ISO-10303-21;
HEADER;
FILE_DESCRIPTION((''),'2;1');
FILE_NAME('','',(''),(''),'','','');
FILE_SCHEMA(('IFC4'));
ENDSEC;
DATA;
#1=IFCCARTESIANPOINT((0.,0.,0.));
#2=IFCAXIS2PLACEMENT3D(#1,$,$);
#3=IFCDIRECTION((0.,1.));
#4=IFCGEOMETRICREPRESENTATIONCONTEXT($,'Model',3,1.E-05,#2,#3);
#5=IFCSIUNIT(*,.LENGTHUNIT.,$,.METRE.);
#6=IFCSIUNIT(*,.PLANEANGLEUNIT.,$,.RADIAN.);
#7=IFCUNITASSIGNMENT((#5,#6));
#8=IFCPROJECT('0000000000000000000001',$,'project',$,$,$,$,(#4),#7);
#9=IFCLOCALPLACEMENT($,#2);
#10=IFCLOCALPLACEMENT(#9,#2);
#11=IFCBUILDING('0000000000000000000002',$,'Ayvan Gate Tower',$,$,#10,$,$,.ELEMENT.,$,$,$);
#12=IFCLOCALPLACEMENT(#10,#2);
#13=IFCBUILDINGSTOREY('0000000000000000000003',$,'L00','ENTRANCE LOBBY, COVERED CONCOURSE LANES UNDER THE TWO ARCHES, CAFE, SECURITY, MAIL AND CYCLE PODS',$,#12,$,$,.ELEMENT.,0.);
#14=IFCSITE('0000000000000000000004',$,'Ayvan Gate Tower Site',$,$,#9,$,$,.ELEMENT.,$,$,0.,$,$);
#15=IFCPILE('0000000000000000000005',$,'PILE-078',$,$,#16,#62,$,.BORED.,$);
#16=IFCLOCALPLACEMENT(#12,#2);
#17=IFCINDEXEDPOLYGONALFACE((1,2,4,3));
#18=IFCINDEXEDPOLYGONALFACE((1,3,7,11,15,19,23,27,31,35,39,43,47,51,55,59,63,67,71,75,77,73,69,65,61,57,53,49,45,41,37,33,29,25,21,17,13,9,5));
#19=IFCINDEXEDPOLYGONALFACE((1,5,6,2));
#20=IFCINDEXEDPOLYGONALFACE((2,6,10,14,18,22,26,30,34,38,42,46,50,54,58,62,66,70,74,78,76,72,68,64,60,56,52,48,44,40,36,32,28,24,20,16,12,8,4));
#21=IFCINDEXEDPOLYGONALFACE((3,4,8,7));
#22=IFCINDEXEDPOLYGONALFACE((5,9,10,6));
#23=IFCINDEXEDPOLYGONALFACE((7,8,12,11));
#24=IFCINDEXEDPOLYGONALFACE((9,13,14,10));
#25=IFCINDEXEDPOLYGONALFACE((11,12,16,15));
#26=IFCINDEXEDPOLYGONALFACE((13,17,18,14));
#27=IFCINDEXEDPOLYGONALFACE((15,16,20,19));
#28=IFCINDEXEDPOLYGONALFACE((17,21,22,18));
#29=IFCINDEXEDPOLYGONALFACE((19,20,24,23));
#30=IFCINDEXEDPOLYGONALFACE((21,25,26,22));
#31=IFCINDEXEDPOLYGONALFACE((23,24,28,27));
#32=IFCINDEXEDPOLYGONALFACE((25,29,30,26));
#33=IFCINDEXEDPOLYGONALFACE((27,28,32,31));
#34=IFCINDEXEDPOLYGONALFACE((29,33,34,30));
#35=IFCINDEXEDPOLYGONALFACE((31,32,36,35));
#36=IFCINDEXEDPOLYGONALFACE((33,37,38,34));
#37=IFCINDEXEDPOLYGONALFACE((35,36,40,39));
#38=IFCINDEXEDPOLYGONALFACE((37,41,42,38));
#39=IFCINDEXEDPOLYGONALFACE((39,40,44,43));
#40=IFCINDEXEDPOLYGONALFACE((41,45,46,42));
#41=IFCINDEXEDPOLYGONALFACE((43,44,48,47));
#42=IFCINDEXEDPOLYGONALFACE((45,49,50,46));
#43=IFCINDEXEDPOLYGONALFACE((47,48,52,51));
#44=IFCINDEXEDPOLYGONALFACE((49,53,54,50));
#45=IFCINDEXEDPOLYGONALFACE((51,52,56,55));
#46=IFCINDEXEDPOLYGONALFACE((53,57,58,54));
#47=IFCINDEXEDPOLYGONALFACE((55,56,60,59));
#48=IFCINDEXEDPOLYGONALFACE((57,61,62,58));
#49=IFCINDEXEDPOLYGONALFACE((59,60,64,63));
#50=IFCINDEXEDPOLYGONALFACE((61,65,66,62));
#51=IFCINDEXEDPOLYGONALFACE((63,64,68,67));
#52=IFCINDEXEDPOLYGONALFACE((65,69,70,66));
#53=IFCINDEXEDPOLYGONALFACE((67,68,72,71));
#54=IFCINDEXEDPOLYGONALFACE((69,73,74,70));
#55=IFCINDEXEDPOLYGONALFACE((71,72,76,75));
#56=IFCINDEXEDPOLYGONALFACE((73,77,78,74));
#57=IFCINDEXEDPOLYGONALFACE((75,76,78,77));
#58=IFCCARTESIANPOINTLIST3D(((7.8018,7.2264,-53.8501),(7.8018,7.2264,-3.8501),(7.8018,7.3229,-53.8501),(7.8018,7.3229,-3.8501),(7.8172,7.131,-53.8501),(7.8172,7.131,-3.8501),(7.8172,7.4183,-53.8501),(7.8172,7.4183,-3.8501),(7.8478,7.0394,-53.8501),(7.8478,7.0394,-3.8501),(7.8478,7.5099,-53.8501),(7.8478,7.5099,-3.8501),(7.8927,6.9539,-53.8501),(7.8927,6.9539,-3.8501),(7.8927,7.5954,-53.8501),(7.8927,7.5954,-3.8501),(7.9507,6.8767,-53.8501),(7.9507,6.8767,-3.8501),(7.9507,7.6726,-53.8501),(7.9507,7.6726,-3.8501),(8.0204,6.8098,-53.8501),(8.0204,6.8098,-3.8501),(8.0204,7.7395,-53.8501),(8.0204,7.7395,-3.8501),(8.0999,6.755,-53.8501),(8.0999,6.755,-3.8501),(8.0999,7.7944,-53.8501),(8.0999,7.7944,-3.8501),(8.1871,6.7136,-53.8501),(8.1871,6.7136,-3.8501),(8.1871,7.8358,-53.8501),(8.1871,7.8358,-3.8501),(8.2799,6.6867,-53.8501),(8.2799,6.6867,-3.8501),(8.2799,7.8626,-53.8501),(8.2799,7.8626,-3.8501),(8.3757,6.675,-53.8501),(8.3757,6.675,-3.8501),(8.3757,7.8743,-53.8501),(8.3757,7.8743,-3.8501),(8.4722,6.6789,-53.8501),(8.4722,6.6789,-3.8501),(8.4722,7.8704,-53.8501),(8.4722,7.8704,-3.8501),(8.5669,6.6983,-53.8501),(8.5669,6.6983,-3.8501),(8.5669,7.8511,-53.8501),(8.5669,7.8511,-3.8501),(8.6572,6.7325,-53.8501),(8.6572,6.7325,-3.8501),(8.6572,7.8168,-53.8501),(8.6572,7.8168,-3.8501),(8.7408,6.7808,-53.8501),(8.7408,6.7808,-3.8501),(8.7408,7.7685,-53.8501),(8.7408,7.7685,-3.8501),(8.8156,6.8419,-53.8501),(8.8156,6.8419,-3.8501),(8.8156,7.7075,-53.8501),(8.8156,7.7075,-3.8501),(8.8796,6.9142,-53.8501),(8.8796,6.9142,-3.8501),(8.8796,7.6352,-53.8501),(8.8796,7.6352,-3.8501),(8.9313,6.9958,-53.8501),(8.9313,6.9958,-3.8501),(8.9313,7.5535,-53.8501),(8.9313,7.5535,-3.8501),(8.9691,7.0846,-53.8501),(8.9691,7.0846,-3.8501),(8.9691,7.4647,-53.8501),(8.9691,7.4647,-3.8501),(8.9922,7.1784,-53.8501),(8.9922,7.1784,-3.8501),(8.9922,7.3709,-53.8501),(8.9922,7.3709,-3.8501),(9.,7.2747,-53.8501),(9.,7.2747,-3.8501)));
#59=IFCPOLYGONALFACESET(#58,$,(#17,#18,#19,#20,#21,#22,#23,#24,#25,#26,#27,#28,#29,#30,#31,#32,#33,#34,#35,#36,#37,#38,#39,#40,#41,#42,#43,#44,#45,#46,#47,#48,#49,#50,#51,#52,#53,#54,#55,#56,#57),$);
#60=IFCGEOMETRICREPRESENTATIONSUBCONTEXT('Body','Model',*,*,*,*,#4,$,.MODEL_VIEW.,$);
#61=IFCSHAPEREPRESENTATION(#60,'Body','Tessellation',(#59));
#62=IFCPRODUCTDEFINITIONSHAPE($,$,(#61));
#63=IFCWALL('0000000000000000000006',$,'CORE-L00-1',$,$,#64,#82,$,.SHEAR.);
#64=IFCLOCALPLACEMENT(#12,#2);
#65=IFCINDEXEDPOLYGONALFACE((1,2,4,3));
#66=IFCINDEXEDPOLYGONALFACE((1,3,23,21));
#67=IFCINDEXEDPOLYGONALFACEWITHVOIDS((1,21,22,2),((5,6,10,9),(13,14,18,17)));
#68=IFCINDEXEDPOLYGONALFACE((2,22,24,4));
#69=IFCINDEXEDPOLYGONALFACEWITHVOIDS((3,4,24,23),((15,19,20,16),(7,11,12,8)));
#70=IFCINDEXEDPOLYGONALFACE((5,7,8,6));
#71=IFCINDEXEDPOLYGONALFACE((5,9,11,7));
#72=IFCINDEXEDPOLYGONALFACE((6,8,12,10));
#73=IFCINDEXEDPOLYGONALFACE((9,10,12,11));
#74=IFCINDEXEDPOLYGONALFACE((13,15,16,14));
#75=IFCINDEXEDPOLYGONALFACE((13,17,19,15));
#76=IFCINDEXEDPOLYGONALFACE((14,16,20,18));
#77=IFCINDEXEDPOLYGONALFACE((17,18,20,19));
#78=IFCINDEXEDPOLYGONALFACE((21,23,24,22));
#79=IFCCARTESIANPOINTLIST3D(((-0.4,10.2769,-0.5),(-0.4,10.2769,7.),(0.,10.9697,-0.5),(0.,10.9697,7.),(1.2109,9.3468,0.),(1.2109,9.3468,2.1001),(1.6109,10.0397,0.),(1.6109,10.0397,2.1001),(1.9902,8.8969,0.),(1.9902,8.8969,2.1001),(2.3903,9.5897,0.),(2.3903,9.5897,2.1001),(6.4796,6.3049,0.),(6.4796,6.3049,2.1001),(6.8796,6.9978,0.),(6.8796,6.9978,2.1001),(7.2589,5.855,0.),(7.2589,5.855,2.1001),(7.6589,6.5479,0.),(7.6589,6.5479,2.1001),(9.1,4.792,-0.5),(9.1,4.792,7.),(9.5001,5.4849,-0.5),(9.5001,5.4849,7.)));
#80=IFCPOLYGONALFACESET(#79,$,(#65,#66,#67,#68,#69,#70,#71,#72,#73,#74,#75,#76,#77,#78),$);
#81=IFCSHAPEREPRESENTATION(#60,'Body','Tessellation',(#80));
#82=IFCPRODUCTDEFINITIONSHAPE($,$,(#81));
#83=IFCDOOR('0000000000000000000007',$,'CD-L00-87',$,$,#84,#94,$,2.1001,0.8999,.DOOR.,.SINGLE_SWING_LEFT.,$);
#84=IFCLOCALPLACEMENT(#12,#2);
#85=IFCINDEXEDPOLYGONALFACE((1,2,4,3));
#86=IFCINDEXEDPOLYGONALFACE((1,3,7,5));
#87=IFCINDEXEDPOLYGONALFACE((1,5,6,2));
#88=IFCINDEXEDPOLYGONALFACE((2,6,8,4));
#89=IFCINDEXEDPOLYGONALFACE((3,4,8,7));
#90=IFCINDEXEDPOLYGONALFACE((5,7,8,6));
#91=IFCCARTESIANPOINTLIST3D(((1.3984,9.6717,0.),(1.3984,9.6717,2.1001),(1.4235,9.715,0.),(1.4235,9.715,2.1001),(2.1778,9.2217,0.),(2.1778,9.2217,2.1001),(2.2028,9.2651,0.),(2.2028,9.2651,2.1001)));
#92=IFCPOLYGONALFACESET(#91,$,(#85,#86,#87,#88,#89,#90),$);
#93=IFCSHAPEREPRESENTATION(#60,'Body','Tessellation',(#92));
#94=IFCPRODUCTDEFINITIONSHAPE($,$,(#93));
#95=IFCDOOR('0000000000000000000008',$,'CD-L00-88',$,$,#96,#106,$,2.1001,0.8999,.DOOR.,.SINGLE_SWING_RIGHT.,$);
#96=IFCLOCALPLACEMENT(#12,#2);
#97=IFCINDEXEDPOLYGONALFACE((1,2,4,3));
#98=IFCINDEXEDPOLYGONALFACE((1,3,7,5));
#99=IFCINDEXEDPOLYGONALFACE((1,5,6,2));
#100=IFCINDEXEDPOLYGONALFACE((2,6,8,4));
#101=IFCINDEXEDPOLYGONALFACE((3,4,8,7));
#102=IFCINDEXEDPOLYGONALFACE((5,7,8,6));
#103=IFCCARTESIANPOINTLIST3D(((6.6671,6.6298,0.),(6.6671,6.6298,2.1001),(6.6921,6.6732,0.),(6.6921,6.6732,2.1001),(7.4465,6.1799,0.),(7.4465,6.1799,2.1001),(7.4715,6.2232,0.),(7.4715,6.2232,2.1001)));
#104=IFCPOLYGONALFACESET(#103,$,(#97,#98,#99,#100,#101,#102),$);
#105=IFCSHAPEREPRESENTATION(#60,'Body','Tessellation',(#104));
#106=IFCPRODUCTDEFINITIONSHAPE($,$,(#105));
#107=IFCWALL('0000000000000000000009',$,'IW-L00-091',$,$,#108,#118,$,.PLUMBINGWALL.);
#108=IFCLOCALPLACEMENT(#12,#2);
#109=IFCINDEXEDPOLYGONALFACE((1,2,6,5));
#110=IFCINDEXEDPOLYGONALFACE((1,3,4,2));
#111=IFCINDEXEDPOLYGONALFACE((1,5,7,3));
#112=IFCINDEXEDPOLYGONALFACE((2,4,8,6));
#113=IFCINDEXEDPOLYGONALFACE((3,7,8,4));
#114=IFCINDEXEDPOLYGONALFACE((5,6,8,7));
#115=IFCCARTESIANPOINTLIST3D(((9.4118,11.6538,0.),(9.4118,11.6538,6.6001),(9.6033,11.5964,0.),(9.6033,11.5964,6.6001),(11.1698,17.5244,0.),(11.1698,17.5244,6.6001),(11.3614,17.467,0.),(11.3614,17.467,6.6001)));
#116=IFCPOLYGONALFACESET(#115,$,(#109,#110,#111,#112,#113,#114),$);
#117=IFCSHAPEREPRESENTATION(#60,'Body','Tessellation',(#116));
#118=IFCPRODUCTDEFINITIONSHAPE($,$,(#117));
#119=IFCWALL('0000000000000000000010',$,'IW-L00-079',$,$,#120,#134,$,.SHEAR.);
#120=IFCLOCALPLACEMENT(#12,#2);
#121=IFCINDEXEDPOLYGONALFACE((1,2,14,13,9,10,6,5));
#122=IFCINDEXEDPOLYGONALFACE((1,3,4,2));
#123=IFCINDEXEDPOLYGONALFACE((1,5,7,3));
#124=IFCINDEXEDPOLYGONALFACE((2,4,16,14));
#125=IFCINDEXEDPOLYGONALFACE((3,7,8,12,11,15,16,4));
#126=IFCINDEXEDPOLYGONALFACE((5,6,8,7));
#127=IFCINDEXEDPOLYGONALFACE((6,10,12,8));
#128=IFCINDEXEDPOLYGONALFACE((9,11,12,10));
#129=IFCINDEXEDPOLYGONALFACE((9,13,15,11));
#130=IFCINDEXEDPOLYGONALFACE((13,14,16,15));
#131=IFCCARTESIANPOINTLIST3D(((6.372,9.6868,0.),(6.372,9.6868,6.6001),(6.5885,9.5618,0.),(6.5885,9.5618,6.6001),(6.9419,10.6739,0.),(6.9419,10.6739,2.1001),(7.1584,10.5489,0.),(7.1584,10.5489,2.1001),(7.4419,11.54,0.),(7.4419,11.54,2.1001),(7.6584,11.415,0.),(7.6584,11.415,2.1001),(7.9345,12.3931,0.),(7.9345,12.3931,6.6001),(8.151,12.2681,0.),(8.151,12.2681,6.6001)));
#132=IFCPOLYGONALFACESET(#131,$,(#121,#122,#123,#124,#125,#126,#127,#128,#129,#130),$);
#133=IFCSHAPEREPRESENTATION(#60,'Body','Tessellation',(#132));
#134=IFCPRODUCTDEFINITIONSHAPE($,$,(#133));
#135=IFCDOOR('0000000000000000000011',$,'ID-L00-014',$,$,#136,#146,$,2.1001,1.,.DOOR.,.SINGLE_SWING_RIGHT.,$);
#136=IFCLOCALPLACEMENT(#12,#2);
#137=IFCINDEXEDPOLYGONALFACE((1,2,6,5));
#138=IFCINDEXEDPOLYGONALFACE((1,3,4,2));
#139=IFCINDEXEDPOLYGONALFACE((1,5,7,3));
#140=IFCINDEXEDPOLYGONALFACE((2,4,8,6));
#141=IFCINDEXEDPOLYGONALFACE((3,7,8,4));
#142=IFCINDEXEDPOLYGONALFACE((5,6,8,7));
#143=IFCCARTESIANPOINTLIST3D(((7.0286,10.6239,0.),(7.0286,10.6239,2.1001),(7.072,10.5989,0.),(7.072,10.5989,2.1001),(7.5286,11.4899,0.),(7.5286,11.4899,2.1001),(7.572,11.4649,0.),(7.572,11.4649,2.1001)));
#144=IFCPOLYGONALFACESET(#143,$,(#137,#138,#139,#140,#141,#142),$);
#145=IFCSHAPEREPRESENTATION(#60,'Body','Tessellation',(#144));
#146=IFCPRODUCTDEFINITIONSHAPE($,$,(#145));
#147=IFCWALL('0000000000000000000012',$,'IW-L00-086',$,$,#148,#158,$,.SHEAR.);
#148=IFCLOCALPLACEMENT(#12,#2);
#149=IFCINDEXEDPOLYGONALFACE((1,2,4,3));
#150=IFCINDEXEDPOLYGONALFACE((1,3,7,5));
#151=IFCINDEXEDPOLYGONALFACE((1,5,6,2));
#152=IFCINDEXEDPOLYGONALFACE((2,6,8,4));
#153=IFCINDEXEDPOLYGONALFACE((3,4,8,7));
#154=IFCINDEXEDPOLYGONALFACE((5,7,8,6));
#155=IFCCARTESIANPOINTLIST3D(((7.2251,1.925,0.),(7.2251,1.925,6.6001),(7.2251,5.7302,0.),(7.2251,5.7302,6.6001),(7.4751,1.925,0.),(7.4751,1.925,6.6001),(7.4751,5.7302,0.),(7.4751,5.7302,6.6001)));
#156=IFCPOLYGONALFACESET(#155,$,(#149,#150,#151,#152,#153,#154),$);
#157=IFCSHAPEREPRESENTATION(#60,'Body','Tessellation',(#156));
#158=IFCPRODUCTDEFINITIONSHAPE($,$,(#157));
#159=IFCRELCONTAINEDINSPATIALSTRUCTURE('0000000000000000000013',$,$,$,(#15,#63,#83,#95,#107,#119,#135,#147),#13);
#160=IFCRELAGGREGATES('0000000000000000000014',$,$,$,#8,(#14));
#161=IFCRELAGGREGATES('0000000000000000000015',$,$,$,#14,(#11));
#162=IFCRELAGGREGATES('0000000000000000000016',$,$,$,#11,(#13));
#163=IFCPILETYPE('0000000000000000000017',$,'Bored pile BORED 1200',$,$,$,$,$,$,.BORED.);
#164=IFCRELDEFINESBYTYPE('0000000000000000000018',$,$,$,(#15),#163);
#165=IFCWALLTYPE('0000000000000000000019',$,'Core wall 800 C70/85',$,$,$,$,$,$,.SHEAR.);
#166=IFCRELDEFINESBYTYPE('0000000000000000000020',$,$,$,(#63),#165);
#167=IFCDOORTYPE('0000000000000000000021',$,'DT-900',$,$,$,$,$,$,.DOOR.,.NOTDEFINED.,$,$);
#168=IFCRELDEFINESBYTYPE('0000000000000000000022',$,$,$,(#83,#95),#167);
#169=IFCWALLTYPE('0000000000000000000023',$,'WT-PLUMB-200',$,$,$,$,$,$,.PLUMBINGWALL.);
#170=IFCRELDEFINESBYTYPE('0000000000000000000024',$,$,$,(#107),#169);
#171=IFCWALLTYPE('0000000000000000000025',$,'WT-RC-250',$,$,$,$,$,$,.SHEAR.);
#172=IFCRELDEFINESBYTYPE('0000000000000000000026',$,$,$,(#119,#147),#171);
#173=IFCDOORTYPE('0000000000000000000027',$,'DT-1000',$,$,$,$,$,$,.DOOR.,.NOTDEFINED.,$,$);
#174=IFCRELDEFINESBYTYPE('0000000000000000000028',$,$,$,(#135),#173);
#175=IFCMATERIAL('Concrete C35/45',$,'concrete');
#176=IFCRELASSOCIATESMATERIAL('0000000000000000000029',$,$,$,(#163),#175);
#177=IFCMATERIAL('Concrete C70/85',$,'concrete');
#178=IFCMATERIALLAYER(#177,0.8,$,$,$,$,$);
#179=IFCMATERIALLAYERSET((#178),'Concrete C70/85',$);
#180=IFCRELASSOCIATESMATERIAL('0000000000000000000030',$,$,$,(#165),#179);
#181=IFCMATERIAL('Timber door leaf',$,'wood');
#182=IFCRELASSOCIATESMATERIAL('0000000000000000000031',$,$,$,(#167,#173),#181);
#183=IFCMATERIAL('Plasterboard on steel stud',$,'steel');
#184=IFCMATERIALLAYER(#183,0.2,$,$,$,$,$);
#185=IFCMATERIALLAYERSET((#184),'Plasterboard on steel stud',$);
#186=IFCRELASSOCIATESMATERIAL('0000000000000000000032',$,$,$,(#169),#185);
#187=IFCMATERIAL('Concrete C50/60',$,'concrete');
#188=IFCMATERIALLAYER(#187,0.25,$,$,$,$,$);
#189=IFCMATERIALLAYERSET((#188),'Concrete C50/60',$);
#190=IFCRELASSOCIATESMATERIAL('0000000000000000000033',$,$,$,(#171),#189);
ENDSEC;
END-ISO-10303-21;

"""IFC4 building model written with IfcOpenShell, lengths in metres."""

from ifc_helpers import new_model, si_unit, direction, frame, frame_2d, origin, origin_2d, place, context, subcontext, project, spatial, rectangle, circle, extrude, material, layer, layer_set, material_profile, profile_set, type_object, element, fill, save


model = new_model("IFC4")

# Units and contexts
model_context = context("Model", 3, precision=1e-05, world=origin(), true_north=direction((0.0, 1.0)))
body_context = subcontext(model_context, "Body", "Model", "MODEL_VIEW")
ifc_project = project(units=[si_unit("LENGTHUNIT", "METRE"), si_unit("PLANEANGLEUNIT", "RADIAN")], contexts=[model_context])

# Site, building, storey
site_placement = place(None, origin())
site = spatial("IfcSite", under=ifc_project, at=site_placement, Name="Ayvan Gate Tower Site", CompositionType="ELEMENT", RefElevation=0.0)
building_placement = place(site_placement, origin())
building = spatial("IfcBuilding", under=site, at=building_placement, Name="Ayvan Gate Tower", CompositionType="ELEMENT")
storey_placement = place(building_placement, origin())
storey = spatial("IfcBuildingStorey", under=building, at=storey_placement, Name="L00", Description="ENTRANCE LOBBY, COVERED CONCOURSE LANES UNDER THE TWO ARCHES, CAFE, SECURITY, MAIL AND CYCLE PODS", CompositionType="ELEMENT", Elevation=0.0)

# Pile
ifc_material_1 = material(Name="Concrete C35/45", Category="concrete")
ifc_material_profile = material_profile(ifc_material_1, circle(Radius=0.6001, at=origin_2d()), Name="BORED 1200")
ifc_profile_set = profile_set([ifc_material_profile], Name="Concrete C35/45")
pile_type = type_object("IfcPileType", Name="Bored pile BORED 1200", PredefinedType="BORED", material=ifc_profile_set)
pile_placement = place(storey_placement, frame((8.3999, 7.2747, -3.8501), z_axis=(0.0, 0.0, -1.0), x_axis=(1.0, 0.0, 0.0)))
element("IfcPile", 1, at=pile_placement, inside=storey, type_object=pile_type, Name="PILE-078", PredefinedType="BORED", context=body_context, shape_type="SweptSolid", body=[
    extrude(circle(Radius=0.6001, at=origin_2d()), origin(), (0.0, 0.0, 1.0), 50.0),
])

# Wall, openings, doors
ifc_material_2 = material(Name="Concrete C70/85", Category="concrete")
ifc_layer_1 = layer(ifc_material_2, 0.8)
ifc_layer_set_1 = layer_set([ifc_layer_1], Name="Concrete C70/85")
wall_type_1 = type_object("IfcWallType", Name="Core wall 800 C70/85", PredefinedType="SHEAR", material=ifc_layer_set_1)
wall_1_placement = place(storey_placement, frame((9.3, 5.1384, -0.5), z_axis=(0.0, 0.0, 1.0), x_axis=(-0.866024, 0.500002, 0.0)))
wall_1 = element("IfcWall", 2, at=wall_1_placement, inside=storey, type_object=wall_type_1, Name="CORE-L00-1", PredefinedType="SHEAR", context=body_context, shape_type="SweptSolid", body=[
    extrude(rectangle(XDim=10.9697, YDim=0.8, at=frame_2d((5.4849, 0.0))), origin(), (0.0, 0.0, 1.0), 7.5),
])
opening_1_placement = place(wall_1_placement, frame((8.2097, 0.0, 0.5)))
opening_1 = element("IfcOpeningElement", 3, at=opening_1_placement, cuts=wall_1, PredefinedType="OPENING", context=body_context, shape_type="SweptSolid", body=[
    extrude(rectangle(XDim=0.8999, YDim=2.1001, at=frame_2d((0.45, 1.05))), frame((0.0, 0.4099, 0.0), z_axis=(0.0, -1.0, 0.0), x_axis=(1.0, 0.0, 0.0)), (0.0, 0.0, 1.0), 0.8201),
])
opening_2_placement = place(wall_1_placement, frame((2.126, 0.0, 0.5)))
opening_2 = element("IfcOpeningElement", 4, at=opening_2_placement, cuts=wall_1, PredefinedType="OPENING", context=body_context, shape_type="SweptSolid", body=[
    extrude(rectangle(XDim=0.8999, YDim=2.1001, at=frame_2d((0.45, 1.05))), frame((0.0, 0.4099, 0.0), z_axis=(0.0, -1.0, 0.0), x_axis=(1.0, 0.0, 0.0)), (0.0, 0.0, 1.0), 0.8201),
])
ifc_material_3 = material(Name="Timber door leaf", Category="wood")
door_type_1 = type_object("IfcDoorType", Name="DT-900", OperationType="NOTDEFINED", PredefinedType="DOOR", material=ifc_material_3)
door_1_placement = place(opening_1_placement, origin())
door_1 = element("IfcDoor", 5, at=door_1_placement, inside=storey, type_object=door_type_1, Name="CD-L00-87", OperationType="SINGLE_SWING_LEFT", OverallHeight=2.1001, OverallWidth=0.8999, PredefinedType="DOOR", context=body_context, shape_type="SweptSolid", body=[
    extrude(rectangle(XDim=0.8999, YDim=2.1001, at=frame_2d((0.45, 1.05))), frame((0.0, 0.0249, 0.0), z_axis=(0.0, -1.0, 0.0), x_axis=(1.0, 0.0, 0.0)), (0.0, 0.0, 1.0), 0.05),
])
fill(opening_1, door_1)
door_2_placement = place(opening_2_placement, origin())
door_2 = element("IfcDoor", 6, at=door_2_placement, inside=storey, type_object=door_type_1, Name="CD-L00-88", OperationType="SINGLE_SWING_RIGHT", OverallHeight=2.1001, OverallWidth=0.8999, PredefinedType="DOOR", context=body_context, shape_type="SweptSolid", body=[
    extrude(rectangle(XDim=0.8999, YDim=2.1001, at=frame_2d((0.45, 1.05))), frame((0.0, 0.0249, 0.0), z_axis=(0.0, -1.0, 0.0), x_axis=(1.0, 0.0, 0.0)), (0.0, 0.0, 1.0), 0.05),
])
fill(opening_2, door_2)

# Wall
ifc_material_4 = material(Name="Plasterboard on steel stud", Category="steel")
ifc_layer_2 = layer(ifc_material_4, 0.2)
ifc_layer_set_2 = layer_set([ifc_layer_2], Name="Plasterboard on steel stud")
wall_type_2 = type_object("IfcWallType", Name="WT-PLUMB-200", PredefinedType="PLUMBINGWALL", material=ifc_layer_set_2)
wall_2_placement = place(storey_placement, frame((9.5076, 11.6252, 0.0), z_axis=(0.0, 0.0, 1.0), x_axis=(0.28688, 0.957967, 0.0)))
element("IfcWall", 7, at=wall_2_placement, inside=storey, type_object=wall_type_2, Name="IW-L00-091", PredefinedType="PLUMBINGWALL", context=body_context, shape_type="SweptSolid", body=[
    extrude(rectangle(XDim=6.1282, YDim=0.2, at=frame_2d((3.064, 0.0))), origin(), (0.0, 0.0, 1.0), 6.6001),
])

# Wall, opening, door
ifc_material_5 = material(Name="Concrete C50/60", Category="concrete")
ifc_layer_3 = layer(ifc_material_5, 0.25)
ifc_layer_set_3 = layer_set([ifc_layer_3], Name="Concrete C50/60")
wall_type_3 = type_object("IfcWallType", Name="WT-RC-250", PredefinedType="SHEAR", material=ifc_layer_set_3)
wall_3_placement = place(storey_placement, frame((6.4802, 9.6243, 0.0), z_axis=(0.0, 0.0, 1.0), x_axis=(0.500004, 0.866023, 0.0)))
wall_3 = element("IfcWall", 8, at=wall_3_placement, inside=storey, type_object=wall_type_3, Name="IW-L00-079", PredefinedType="SHEAR", context=body_context, shape_type="SweptSolid", body=[
    extrude(rectangle(XDim=3.125, YDim=0.25, at=frame_2d((1.5625, 0.0))), origin(), (0.0, 0.0, 1.0), 6.6001),
])
opening_3_placement = place(wall_3_placement, frame((1.1399, 0.0, 0.0)))
opening_3 = element("IfcOpeningElement", 9, at=opening_3_placement, cuts=wall_3, PredefinedType="OPENING", context=body_context, shape_type="SweptSolid", body=[
    extrude(rectangle(XDim=1.0, YDim=2.1001, at=frame_2d((0.5, 1.05))), frame((0.0, 0.135, 0.0), z_axis=(0.0, -1.0, 0.0), x_axis=(1.0, 0.0, 0.0)), (0.0, 0.0, 1.0), 0.27),
])
door_type_2 = type_object("IfcDoorType", Name="DT-1000", OperationType="NOTDEFINED", PredefinedType="DOOR", material=ifc_material_3)
door_3_placement = place(opening_3_placement, origin())
door_3 = element("IfcDoor", 10, at=door_3_placement, inside=storey, type_object=door_type_2, Name="ID-L00-014", OperationType="SINGLE_SWING_RIGHT", OverallHeight=2.1001, OverallWidth=1.0, PredefinedType="DOOR", context=body_context, shape_type="SweptSolid", body=[
    extrude(rectangle(XDim=1.0, YDim=2.1001, at=frame_2d((0.5, 1.05))), frame((0.0, 0.0249, 0.0), z_axis=(0.0, -1.0, 0.0), x_axis=(1.0, 0.0, 0.0)), (0.0, 0.0, 1.0), 0.05),
])
fill(opening_3, door_3)

# Wall
wall_4_placement = place(storey_placement, frame((7.3501, 5.7302, 0.0), z_axis=(0.0, 0.0, 1.0), x_axis=(0.0, -1.0, 0.0)))
element("IfcWall", 11, at=wall_4_placement, inside=storey, type_object=wall_type_3, Name="IW-L00-086", PredefinedType="SHEAR", context=body_context, shape_type="SweptSolid", body=[
    extrude(rectangle(XDim=3.8052, YDim=0.25, at=frame_2d((1.9026, 0.0))), origin(), (0.0, 0.0, 1.0), 6.6001),
])

save(model, "model.ifc")
